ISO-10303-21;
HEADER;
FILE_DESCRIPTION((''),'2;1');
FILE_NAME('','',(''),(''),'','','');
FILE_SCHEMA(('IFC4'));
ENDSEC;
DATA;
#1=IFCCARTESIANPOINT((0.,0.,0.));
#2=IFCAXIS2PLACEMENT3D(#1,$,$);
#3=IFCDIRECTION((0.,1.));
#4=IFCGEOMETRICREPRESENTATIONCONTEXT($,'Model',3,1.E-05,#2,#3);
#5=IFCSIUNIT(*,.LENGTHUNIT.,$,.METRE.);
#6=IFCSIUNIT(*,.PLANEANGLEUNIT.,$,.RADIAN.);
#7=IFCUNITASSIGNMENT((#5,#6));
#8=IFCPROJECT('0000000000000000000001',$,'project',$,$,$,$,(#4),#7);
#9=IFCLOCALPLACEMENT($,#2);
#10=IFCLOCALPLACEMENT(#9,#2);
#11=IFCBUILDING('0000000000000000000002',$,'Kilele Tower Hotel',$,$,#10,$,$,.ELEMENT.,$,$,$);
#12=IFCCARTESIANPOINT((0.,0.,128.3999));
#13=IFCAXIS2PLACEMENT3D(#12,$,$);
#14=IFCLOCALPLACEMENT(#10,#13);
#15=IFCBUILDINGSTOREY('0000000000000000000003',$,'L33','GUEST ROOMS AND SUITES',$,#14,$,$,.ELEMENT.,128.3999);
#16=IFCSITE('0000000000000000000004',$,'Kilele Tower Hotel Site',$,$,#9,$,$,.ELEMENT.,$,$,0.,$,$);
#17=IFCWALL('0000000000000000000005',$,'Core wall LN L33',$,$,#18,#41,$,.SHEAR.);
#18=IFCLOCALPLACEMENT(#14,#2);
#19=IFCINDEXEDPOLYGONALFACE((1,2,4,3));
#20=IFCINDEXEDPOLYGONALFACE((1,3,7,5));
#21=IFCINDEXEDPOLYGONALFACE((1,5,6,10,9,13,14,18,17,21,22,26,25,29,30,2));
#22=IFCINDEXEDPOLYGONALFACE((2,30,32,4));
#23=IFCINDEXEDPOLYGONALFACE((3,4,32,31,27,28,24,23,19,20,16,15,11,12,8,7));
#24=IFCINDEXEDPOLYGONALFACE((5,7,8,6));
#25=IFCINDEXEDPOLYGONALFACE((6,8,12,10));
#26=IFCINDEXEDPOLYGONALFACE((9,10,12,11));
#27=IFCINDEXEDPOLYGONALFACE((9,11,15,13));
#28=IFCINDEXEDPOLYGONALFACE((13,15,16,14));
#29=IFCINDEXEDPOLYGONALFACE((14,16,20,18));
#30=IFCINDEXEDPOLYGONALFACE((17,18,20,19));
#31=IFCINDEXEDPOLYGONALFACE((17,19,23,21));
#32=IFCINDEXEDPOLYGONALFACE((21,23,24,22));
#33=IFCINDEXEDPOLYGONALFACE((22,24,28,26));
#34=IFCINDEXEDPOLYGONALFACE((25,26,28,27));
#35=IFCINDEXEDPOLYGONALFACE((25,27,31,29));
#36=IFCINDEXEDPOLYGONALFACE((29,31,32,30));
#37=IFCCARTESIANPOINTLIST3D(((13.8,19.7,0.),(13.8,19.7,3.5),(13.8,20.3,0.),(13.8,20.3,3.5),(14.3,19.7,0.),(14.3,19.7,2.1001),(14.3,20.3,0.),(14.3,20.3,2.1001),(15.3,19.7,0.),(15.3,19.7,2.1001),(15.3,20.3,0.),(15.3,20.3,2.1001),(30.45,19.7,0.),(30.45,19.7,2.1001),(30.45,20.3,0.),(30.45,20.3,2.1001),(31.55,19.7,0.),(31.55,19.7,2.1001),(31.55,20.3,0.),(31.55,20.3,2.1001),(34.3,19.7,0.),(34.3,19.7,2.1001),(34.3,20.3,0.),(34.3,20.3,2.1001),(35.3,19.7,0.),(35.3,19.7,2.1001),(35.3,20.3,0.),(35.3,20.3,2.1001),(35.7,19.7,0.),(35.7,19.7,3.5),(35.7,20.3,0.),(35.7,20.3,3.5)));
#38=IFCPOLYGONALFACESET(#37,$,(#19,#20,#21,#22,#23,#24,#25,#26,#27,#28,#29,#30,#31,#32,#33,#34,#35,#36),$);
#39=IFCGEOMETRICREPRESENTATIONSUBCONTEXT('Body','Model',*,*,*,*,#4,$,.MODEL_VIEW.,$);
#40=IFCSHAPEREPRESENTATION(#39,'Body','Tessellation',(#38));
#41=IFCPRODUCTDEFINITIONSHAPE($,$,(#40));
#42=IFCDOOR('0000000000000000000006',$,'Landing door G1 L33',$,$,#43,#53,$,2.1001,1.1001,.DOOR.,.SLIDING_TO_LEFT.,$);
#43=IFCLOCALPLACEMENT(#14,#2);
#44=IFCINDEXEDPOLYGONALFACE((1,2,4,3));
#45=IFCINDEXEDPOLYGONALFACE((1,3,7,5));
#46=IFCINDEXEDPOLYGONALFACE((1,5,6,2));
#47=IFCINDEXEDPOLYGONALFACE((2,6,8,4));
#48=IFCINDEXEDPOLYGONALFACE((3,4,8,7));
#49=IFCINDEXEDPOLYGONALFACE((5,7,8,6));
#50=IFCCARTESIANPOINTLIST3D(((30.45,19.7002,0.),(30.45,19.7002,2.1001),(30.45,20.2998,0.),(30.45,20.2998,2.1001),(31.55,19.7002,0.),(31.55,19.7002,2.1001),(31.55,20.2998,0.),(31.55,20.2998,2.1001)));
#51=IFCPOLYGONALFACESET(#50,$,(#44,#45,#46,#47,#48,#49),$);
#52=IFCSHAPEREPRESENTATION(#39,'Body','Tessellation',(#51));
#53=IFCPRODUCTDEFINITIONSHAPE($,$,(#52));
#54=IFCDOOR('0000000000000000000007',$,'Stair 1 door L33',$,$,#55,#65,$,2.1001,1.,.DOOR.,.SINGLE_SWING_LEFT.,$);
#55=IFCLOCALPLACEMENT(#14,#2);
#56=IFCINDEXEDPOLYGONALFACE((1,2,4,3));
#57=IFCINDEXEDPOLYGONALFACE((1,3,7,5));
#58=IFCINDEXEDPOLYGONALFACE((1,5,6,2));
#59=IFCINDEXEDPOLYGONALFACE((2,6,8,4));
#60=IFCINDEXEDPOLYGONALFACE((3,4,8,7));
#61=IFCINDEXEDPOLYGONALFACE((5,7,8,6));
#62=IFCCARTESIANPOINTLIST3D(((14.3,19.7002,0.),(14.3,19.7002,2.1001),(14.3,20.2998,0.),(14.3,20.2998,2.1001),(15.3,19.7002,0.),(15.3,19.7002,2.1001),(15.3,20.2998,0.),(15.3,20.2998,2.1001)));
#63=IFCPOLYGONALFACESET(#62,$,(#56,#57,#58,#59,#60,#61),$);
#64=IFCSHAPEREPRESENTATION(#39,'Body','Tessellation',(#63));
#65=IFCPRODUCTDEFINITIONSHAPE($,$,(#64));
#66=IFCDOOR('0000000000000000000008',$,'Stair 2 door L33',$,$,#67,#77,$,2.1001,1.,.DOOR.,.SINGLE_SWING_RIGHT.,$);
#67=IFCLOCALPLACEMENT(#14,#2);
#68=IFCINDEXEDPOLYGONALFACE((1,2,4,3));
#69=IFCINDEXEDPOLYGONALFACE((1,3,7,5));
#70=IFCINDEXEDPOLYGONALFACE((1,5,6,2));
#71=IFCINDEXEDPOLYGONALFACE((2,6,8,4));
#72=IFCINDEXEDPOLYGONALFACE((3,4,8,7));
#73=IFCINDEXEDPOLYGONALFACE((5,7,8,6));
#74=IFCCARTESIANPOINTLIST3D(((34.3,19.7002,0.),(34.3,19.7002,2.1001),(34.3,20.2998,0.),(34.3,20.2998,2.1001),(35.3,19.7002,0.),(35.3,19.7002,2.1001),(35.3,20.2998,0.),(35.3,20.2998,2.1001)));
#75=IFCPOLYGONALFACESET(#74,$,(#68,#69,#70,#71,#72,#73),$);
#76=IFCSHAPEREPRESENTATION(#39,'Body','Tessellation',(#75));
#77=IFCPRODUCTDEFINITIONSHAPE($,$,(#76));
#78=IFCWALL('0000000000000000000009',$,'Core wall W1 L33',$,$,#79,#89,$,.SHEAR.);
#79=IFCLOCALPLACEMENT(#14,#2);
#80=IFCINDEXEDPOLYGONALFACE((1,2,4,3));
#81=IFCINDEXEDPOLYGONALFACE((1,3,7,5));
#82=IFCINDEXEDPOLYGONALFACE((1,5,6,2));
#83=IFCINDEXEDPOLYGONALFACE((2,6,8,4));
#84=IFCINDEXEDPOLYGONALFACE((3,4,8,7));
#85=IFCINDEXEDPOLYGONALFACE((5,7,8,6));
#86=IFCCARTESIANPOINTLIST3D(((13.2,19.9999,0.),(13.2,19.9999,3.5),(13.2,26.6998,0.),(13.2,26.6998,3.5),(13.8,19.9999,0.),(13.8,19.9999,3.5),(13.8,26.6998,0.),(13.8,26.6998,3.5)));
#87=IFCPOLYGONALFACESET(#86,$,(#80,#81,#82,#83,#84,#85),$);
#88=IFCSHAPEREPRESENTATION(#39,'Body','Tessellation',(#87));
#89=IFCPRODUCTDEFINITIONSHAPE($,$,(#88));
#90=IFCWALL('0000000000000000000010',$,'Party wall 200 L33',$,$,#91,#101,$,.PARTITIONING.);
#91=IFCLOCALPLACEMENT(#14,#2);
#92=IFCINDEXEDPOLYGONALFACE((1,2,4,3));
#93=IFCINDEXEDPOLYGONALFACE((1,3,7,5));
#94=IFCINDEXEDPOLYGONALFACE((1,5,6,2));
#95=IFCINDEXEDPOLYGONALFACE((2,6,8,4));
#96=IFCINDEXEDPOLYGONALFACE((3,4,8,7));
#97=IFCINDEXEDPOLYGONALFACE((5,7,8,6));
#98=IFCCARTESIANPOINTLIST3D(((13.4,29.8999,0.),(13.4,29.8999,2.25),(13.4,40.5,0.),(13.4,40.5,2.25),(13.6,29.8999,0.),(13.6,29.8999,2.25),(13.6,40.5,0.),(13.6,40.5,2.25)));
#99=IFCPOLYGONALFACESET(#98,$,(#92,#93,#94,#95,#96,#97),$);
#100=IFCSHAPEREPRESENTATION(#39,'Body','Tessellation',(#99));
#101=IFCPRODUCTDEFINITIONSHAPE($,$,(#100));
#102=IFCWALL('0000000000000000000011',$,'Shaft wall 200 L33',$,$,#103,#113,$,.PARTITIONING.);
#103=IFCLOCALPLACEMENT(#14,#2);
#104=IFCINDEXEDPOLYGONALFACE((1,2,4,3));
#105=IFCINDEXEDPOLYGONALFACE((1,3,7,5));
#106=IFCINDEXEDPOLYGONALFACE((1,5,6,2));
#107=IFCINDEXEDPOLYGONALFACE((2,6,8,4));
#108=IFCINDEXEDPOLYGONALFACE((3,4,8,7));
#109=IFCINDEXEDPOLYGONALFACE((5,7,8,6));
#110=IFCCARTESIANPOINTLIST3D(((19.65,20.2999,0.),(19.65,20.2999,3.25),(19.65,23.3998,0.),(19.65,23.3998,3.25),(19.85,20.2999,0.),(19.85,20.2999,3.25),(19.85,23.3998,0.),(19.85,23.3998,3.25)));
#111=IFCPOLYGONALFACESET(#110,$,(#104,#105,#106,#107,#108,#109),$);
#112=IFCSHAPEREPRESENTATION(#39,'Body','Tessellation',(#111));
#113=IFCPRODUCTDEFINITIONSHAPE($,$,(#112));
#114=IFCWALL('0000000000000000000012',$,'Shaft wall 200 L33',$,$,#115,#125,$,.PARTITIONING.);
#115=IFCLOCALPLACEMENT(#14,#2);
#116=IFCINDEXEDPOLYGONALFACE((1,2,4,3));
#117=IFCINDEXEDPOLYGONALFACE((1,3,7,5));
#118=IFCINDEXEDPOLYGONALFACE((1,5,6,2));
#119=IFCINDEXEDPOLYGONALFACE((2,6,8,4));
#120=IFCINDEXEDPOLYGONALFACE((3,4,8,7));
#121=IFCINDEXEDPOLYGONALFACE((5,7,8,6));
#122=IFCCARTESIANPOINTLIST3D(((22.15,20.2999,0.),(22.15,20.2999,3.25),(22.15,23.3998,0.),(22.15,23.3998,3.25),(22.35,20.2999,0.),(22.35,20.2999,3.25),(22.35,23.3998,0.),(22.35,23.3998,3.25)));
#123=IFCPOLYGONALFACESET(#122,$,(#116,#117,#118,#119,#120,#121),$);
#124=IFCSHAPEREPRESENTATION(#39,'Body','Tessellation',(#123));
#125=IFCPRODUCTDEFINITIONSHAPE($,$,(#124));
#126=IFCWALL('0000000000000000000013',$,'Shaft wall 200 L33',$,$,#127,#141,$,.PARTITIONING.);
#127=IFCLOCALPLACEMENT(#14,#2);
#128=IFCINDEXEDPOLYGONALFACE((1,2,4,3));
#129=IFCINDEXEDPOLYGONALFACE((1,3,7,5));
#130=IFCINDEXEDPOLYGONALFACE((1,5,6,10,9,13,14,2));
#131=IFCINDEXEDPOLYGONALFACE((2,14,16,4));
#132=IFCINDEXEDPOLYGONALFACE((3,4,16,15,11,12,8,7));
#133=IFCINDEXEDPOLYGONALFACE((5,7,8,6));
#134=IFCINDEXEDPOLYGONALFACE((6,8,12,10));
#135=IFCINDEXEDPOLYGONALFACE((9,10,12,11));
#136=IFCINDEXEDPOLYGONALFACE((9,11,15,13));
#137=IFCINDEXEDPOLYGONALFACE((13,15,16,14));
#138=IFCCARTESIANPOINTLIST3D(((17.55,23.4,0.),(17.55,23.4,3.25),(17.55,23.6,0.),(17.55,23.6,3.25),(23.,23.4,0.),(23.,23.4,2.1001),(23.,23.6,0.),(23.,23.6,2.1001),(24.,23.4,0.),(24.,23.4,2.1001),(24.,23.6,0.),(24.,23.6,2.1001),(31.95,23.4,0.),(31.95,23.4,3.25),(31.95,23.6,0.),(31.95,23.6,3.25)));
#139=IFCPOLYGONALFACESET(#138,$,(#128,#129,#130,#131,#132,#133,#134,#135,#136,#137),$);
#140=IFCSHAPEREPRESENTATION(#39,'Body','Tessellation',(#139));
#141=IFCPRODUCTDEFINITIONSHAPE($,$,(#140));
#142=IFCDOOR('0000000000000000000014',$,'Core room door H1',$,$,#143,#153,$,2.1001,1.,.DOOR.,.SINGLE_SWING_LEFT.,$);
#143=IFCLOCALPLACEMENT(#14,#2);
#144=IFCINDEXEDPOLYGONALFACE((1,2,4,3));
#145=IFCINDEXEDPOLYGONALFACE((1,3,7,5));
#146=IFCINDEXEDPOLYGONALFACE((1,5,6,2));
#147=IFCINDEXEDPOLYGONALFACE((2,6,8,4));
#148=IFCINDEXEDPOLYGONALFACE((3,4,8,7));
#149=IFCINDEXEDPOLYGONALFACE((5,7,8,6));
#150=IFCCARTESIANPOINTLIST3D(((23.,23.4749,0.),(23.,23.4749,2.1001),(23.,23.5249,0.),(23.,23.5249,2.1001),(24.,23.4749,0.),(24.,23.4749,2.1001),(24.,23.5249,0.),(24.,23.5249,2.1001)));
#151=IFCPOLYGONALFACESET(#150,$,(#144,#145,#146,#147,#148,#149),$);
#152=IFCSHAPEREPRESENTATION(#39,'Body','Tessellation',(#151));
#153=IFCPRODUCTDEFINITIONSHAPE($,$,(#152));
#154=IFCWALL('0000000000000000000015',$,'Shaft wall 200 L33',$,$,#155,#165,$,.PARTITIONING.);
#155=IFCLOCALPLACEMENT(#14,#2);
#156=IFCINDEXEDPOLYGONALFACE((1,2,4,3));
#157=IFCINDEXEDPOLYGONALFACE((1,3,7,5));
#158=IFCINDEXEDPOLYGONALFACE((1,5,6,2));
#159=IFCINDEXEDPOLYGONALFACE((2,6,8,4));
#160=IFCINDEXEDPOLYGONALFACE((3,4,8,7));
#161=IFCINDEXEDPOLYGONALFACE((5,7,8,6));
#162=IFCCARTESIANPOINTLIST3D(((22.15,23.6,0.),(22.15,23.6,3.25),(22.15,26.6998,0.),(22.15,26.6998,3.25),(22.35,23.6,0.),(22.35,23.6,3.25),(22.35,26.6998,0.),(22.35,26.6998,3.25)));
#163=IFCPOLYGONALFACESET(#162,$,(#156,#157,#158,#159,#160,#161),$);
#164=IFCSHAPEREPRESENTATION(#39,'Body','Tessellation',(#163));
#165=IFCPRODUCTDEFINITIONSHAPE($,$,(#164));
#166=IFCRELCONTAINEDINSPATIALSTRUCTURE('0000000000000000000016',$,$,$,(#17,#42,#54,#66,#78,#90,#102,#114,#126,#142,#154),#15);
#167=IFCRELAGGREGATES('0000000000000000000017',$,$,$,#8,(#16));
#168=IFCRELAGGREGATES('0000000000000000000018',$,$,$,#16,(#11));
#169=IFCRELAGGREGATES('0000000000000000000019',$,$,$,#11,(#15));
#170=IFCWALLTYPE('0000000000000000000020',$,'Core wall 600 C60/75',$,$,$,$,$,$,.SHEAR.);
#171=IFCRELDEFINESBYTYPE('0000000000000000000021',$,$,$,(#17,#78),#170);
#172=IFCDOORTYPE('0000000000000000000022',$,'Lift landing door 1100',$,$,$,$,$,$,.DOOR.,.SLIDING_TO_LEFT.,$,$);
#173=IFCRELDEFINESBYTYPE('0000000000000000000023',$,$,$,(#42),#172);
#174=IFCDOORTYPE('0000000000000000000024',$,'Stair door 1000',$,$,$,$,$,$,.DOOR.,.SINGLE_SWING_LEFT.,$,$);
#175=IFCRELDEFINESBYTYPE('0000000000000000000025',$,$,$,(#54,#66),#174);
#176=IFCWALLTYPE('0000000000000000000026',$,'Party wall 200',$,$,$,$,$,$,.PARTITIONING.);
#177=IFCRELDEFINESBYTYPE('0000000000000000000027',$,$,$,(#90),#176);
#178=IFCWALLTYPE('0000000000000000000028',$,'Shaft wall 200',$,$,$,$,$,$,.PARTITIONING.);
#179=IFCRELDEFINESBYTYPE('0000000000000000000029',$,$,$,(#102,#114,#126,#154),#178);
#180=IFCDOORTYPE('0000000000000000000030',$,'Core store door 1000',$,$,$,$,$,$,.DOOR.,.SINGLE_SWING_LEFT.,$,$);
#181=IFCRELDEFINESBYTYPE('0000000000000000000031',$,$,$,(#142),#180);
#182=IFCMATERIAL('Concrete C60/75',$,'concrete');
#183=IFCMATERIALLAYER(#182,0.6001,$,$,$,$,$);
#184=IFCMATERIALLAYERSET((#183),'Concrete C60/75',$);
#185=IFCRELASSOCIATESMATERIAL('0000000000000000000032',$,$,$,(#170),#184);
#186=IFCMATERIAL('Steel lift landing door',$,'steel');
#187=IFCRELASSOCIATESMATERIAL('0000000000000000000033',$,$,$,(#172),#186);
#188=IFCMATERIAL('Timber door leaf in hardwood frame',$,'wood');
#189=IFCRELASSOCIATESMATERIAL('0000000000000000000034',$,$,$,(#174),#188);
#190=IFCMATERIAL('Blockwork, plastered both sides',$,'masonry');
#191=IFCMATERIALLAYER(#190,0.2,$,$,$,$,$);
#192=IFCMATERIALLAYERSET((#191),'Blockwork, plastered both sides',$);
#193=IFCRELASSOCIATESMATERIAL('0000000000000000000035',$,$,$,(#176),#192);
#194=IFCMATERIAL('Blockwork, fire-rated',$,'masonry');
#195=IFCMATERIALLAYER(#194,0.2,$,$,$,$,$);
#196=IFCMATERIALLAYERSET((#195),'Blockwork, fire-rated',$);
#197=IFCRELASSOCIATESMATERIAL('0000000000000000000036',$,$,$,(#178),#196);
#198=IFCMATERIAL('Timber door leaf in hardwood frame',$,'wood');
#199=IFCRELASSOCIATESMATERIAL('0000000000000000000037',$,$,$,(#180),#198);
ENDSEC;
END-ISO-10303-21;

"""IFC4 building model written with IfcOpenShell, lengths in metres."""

from ifc_helpers import new_model, si_unit, direction, frame, frame_2d, origin, place, context, subcontext, project, spatial, rectangle, extrude, material, layer, layer_set, type_object, element, fill, save


model = new_model("IFC4")

# Units and contexts
model_context = context("Model", 3, precision=1e-05, world=origin(), true_north=direction((0.0, 1.0)))
body_context = subcontext(model_context, "Body", "Model", "MODEL_VIEW")
ifc_project = project(units=[si_unit("LENGTHUNIT", "METRE"), si_unit("PLANEANGLEUNIT", "RADIAN")], contexts=[model_context])

# Site, building, storey
site_placement = place(None, origin())
site = spatial("IfcSite", under=ifc_project, at=site_placement, Name="Kilele Tower Hotel Site", CompositionType="ELEMENT", RefElevation=0.0)
building_placement = place(site_placement, origin())
building = spatial("IfcBuilding", under=site, at=building_placement, Name="Kilele Tower Hotel", CompositionType="ELEMENT")
storey_placement = place(building_placement, frame((0.0, 0.0, 128.3999)))
storey = spatial("IfcBuildingStorey", under=building, at=storey_placement, Name="L33", Description="GUEST ROOMS AND SUITES", CompositionType="ELEMENT", Elevation=128.3999)

# Wall, openings, doors
ifc_material_1 = material(Name="Concrete C60/75", Category="concrete")
ifc_layer_1 = layer(ifc_material_1, 0.6001)
ifc_layer_set_1 = layer_set([ifc_layer_1], Name="Concrete C60/75")
wall_type_1 = type_object("IfcWallType", Name="Core wall 600 C60/75", PredefinedType="SHEAR", material=ifc_layer_set_1)
wall_1_placement = place(storey_placement, frame((13.8, 20.0, 0.0), z_axis=(0.0, 0.0, 1.0), x_axis=(1.0, 0.0, 0.0)))
wall_1 = element("IfcWall", 1, at=wall_1_placement, inside=storey, type_object=wall_type_1, Name="Core wall LN L33", PredefinedType="SHEAR", context=body_context, shape_type="SweptSolid", body=[
    extrude(rectangle(XDim=21.8999, YDim=0.6001, at=frame_2d((10.95, 0.0))), origin(), (0.0, 0.0, 1.0), 3.5),
])
opening_1_placement = place(wall_1_placement, frame((0.5, 0.0, 0.0)))
opening_1 = element("IfcOpeningElement", 2, at=opening_1_placement, cuts=wall_1, PredefinedType="OPENING", context=body_context, shape_type="SweptSolid", body=[
    extrude(rectangle(XDim=1.0, YDim=2.1001, at=frame_2d((0.5, 1.05))), frame((0.0, 0.3101, 0.0), z_axis=(0.0, -1.0, 0.0), x_axis=(1.0, 0.0, 0.0)), (0.0, 0.0, 1.0), 0.6201),
])
opening_2_placement = place(wall_1_placement, frame((20.5, 0.0, 0.0)))
opening_2 = element("IfcOpeningElement", 3, at=opening_2_placement, cuts=wall_1, PredefinedType="OPENING", context=body_context, shape_type="SweptSolid", body=[
    extrude(rectangle(XDim=1.0, YDim=2.1001, at=frame_2d((0.5, 1.05))), frame((0.0, 0.3101, 0.0), z_axis=(0.0, -1.0, 0.0), x_axis=(1.0, 0.0, 0.0)), (0.0, 0.0, 1.0), 0.6201),
])
opening_3_placement = place(wall_1_placement, frame((16.6499, 0.0, 0.0)))
opening_3 = element("IfcOpeningElement", 4, at=opening_3_placement, cuts=wall_1, PredefinedType="OPENING", context=body_context, shape_type="SweptSolid", body=[
    extrude(rectangle(XDim=1.1001, YDim=2.1001, at=frame_2d((0.55, 1.05))), frame((0.0, 0.3101, 0.0), z_axis=(0.0, -1.0, 0.0), x_axis=(1.0, 0.0, 0.0)), (0.0, 0.0, 1.0), 0.6201),
])
ifc_material_2 = material(Name="Steel lift landing door", Category="steel")
door_type_1 = type_object("IfcDoorType", Name="Lift landing door 1100", OperationType="SLIDING_TO_LEFT", PredefinedType="DOOR", material=ifc_material_2)
door_1_placement = place(opening_3_placement, origin())
door_1 = element("IfcDoor", 5, at=door_1_placement, inside=storey, type_object=door_type_1, Name="Landing door G1 L33", OperationType="SLIDING_TO_LEFT", OverallHeight=2.1001, OverallWidth=1.1001, PredefinedType="DOOR", context=body_context, shape_type="SweptSolid", body=[
    extrude(rectangle(XDim=1.1001, YDim=2.1001, at=frame_2d((0.55, 1.05))), frame((0.0, 0.2998, 0.0), z_axis=(0.0, -1.0, 0.0), x_axis=(1.0, 0.0, 0.0)), (0.0, 0.0, 1.0), 0.5996),
])
fill(opening_3, door_1)
ifc_material_3 = material(Name="Timber door leaf in hardwood frame", Category="wood")
door_type_2 = type_object("IfcDoorType", Name="Stair door 1000", OperationType="SINGLE_SWING_LEFT", PredefinedType="DOOR", material=ifc_material_3)
door_2_placement = place(opening_1_placement, origin())
door_2 = element("IfcDoor", 6, at=door_2_placement, inside=storey, type_object=door_type_2, Name="Stair 1 door L33", OperationType="SINGLE_SWING_LEFT", OverallHeight=2.1001, OverallWidth=1.0, PredefinedType="DOOR", context=body_context, shape_type="SweptSolid", body=[
    extrude(rectangle(XDim=1.0, YDim=2.1001, at=frame_2d((0.5, 1.05))), frame((0.0, 0.2998, 0.0), z_axis=(0.0, -1.0, 0.0), x_axis=(1.0, 0.0, 0.0)), (0.0, 0.0, 1.0), 0.5996),
])
fill(opening_1, door_2)
door_3_placement = place(opening_2_placement, origin())
door_3 = element("IfcDoor", 7, at=door_3_placement, inside=storey, type_object=door_type_2, Name="Stair 2 door L33", OperationType="SINGLE_SWING_RIGHT", OverallHeight=2.1001, OverallWidth=1.0, PredefinedType="DOOR", context=body_context, shape_type="SweptSolid", body=[
    extrude(rectangle(XDim=1.0, YDim=2.1001, at=frame_2d((0.5, 1.05))), frame((0.0, 0.2998, 0.0), z_axis=(0.0, -1.0, 0.0), x_axis=(1.0, 0.0, 0.0)), (0.0, 0.0, 1.0), 0.5996),
])
fill(opening_2, door_3)

# Walls
wall_2_placement = place(storey_placement, frame((13.5, 26.7, 0.0), z_axis=(0.0, 0.0, 1.0), x_axis=(0.0, -1.0, 0.0)))
element("IfcWall", 8, at=wall_2_placement, inside=storey, type_object=wall_type_1, Name="Core wall W1 L33", PredefinedType="SHEAR", context=body_context, shape_type="SweptSolid", body=[
    extrude(rectangle(XDim=6.7, YDim=0.6001, at=frame_2d((3.3501, 0.0))), origin(), (0.0, 0.0, 1.0), 3.5),
])
ifc_material_4 = material(Name="Blockwork, plastered both sides", Category="masonry")
ifc_layer_2 = layer(ifc_material_4, 0.2)
ifc_layer_set_2 = layer_set([ifc_layer_2], Name="Blockwork, plastered both sides")
wall_type_2 = type_object("IfcWallType", Name="Party wall 200", PredefinedType="PARTITIONING", material=ifc_layer_set_2)
wall_3_placement = place(storey_placement, frame((13.5, 29.8999, 0.0), z_axis=(0.0, 0.0, 1.0), x_axis=(0.0, 1.0, 0.0)))
element("IfcWall", 9, at=wall_3_placement, inside=storey, type_object=wall_type_2, Name="Party wall 200 L33", PredefinedType="PARTITIONING", context=body_context, shape_type="SweptSolid", body=[
    extrude(rectangle(XDim=10.6001, YDim=0.2, at=frame_2d((5.3, 0.0))), origin(), (0.0, 0.0, 1.0), 2.25),
])
ifc_material_5 = material(Name="Blockwork, fire-rated", Category="masonry")
ifc_layer_3 = layer(ifc_material_5, 0.2)
ifc_layer_set_3 = layer_set([ifc_layer_3], Name="Blockwork, fire-rated")
wall_type_3 = type_object("IfcWallType", Name="Shaft wall 200", PredefinedType="PARTITIONING", material=ifc_layer_set_3)
for number, where, z_axis, x_axis, name in (
    (10, (19.75, 20.3, 0.0), (0.0, 0.0, 1.0), (0.0, 1.0, 0.0), "Shaft wall 200 L33"),
    (11, (22.25, 20.3, 0.0), (0.0, 0.0, 1.0), (0.0, 1.0, 0.0), "Shaft wall 200 L33"),
):
    element("IfcWall", number, at=place(storey_placement, frame(where, z_axis=z_axis, x_axis=x_axis)), inside=storey, type_object=wall_type_3, Name=name, PredefinedType="PARTITIONING", context=body_context, shape_type="SweptSolid", body=[
        extrude(rectangle(XDim=3.0999, YDim=0.2, at=frame_2d((1.5498, 0.0))), origin(), (0.0, 0.0, 1.0), 3.25),
    ])

# Wall, opening, door
wall_4_placement = place(storey_placement, frame((17.55, 23.5, 0.0), z_axis=(0.0, 0.0, 1.0), x_axis=(1.0, 0.0, 0.0)))
wall_4 = element("IfcWall", 12, at=wall_4_placement, inside=storey, type_object=wall_type_3, Name="Shaft wall 200 L33", PredefinedType="PARTITIONING", context=body_context, shape_type="SweptSolid", body=[
    extrude(rectangle(XDim=14.3999, YDim=0.2, at=frame_2d((7.2, 0.0))), origin(), (0.0, 0.0, 1.0), 3.25),
])
opening_4_placement = place(wall_4_placement, frame((5.45, 0.0, 0.0)))
opening_4 = element("IfcOpeningElement", 13, at=opening_4_placement, cuts=wall_4, PredefinedType="OPENING", context=body_context, shape_type="SweptSolid", body=[
    extrude(rectangle(XDim=1.0, YDim=2.1001, at=frame_2d((0.5, 1.05))), frame((0.0, 0.1099, 0.0), z_axis=(0.0, -1.0, 0.0), x_axis=(1.0, 0.0, 0.0)), (0.0, 0.0, 1.0), 0.22),
])
ifc_material_6 = material(Name="Timber door leaf in hardwood frame", Category="wood")
door_type_3 = type_object("IfcDoorType", Name="Core store door 1000", OperationType="SINGLE_SWING_LEFT", PredefinedType="DOOR", material=ifc_material_6)
door_4_placement = place(opening_4_placement, origin())
door_4 = element("IfcDoor", 14, at=door_4_placement, inside=storey, type_object=door_type_3, Name="Core room door H1", OperationType="SINGLE_SWING_LEFT", OverallHeight=2.1001, OverallWidth=1.0, PredefinedType="DOOR", context=body_context, shape_type="SweptSolid", body=[
    extrude(rectangle(XDim=1.0, YDim=2.1001, at=frame_2d((0.5, 1.05))), frame((0.0, 0.0249, 0.0), z_axis=(0.0, -1.0, 0.0), x_axis=(1.0, 0.0, 0.0)), (0.0, 0.0, 1.0), 0.05),
])
fill(opening_4, door_4)

# Wall
wall_5_placement = place(storey_placement, frame((22.25, 23.6001, 0.0), z_axis=(0.0, 0.0, 1.0), x_axis=(0.0, 1.0, 0.0)))
element("IfcWall", 15, at=wall_5_placement, inside=storey, type_object=wall_type_3, Name="Shaft wall 200 L33", PredefinedType="PARTITIONING", context=body_context, shape_type="SweptSolid", body=[
    extrude(rectangle(XDim=3.0999, YDim=0.2, at=frame_2d((1.5498, 0.0))), origin(), (0.0, 0.0, 1.0), 3.25),
])

save(model, "model.ifc")
